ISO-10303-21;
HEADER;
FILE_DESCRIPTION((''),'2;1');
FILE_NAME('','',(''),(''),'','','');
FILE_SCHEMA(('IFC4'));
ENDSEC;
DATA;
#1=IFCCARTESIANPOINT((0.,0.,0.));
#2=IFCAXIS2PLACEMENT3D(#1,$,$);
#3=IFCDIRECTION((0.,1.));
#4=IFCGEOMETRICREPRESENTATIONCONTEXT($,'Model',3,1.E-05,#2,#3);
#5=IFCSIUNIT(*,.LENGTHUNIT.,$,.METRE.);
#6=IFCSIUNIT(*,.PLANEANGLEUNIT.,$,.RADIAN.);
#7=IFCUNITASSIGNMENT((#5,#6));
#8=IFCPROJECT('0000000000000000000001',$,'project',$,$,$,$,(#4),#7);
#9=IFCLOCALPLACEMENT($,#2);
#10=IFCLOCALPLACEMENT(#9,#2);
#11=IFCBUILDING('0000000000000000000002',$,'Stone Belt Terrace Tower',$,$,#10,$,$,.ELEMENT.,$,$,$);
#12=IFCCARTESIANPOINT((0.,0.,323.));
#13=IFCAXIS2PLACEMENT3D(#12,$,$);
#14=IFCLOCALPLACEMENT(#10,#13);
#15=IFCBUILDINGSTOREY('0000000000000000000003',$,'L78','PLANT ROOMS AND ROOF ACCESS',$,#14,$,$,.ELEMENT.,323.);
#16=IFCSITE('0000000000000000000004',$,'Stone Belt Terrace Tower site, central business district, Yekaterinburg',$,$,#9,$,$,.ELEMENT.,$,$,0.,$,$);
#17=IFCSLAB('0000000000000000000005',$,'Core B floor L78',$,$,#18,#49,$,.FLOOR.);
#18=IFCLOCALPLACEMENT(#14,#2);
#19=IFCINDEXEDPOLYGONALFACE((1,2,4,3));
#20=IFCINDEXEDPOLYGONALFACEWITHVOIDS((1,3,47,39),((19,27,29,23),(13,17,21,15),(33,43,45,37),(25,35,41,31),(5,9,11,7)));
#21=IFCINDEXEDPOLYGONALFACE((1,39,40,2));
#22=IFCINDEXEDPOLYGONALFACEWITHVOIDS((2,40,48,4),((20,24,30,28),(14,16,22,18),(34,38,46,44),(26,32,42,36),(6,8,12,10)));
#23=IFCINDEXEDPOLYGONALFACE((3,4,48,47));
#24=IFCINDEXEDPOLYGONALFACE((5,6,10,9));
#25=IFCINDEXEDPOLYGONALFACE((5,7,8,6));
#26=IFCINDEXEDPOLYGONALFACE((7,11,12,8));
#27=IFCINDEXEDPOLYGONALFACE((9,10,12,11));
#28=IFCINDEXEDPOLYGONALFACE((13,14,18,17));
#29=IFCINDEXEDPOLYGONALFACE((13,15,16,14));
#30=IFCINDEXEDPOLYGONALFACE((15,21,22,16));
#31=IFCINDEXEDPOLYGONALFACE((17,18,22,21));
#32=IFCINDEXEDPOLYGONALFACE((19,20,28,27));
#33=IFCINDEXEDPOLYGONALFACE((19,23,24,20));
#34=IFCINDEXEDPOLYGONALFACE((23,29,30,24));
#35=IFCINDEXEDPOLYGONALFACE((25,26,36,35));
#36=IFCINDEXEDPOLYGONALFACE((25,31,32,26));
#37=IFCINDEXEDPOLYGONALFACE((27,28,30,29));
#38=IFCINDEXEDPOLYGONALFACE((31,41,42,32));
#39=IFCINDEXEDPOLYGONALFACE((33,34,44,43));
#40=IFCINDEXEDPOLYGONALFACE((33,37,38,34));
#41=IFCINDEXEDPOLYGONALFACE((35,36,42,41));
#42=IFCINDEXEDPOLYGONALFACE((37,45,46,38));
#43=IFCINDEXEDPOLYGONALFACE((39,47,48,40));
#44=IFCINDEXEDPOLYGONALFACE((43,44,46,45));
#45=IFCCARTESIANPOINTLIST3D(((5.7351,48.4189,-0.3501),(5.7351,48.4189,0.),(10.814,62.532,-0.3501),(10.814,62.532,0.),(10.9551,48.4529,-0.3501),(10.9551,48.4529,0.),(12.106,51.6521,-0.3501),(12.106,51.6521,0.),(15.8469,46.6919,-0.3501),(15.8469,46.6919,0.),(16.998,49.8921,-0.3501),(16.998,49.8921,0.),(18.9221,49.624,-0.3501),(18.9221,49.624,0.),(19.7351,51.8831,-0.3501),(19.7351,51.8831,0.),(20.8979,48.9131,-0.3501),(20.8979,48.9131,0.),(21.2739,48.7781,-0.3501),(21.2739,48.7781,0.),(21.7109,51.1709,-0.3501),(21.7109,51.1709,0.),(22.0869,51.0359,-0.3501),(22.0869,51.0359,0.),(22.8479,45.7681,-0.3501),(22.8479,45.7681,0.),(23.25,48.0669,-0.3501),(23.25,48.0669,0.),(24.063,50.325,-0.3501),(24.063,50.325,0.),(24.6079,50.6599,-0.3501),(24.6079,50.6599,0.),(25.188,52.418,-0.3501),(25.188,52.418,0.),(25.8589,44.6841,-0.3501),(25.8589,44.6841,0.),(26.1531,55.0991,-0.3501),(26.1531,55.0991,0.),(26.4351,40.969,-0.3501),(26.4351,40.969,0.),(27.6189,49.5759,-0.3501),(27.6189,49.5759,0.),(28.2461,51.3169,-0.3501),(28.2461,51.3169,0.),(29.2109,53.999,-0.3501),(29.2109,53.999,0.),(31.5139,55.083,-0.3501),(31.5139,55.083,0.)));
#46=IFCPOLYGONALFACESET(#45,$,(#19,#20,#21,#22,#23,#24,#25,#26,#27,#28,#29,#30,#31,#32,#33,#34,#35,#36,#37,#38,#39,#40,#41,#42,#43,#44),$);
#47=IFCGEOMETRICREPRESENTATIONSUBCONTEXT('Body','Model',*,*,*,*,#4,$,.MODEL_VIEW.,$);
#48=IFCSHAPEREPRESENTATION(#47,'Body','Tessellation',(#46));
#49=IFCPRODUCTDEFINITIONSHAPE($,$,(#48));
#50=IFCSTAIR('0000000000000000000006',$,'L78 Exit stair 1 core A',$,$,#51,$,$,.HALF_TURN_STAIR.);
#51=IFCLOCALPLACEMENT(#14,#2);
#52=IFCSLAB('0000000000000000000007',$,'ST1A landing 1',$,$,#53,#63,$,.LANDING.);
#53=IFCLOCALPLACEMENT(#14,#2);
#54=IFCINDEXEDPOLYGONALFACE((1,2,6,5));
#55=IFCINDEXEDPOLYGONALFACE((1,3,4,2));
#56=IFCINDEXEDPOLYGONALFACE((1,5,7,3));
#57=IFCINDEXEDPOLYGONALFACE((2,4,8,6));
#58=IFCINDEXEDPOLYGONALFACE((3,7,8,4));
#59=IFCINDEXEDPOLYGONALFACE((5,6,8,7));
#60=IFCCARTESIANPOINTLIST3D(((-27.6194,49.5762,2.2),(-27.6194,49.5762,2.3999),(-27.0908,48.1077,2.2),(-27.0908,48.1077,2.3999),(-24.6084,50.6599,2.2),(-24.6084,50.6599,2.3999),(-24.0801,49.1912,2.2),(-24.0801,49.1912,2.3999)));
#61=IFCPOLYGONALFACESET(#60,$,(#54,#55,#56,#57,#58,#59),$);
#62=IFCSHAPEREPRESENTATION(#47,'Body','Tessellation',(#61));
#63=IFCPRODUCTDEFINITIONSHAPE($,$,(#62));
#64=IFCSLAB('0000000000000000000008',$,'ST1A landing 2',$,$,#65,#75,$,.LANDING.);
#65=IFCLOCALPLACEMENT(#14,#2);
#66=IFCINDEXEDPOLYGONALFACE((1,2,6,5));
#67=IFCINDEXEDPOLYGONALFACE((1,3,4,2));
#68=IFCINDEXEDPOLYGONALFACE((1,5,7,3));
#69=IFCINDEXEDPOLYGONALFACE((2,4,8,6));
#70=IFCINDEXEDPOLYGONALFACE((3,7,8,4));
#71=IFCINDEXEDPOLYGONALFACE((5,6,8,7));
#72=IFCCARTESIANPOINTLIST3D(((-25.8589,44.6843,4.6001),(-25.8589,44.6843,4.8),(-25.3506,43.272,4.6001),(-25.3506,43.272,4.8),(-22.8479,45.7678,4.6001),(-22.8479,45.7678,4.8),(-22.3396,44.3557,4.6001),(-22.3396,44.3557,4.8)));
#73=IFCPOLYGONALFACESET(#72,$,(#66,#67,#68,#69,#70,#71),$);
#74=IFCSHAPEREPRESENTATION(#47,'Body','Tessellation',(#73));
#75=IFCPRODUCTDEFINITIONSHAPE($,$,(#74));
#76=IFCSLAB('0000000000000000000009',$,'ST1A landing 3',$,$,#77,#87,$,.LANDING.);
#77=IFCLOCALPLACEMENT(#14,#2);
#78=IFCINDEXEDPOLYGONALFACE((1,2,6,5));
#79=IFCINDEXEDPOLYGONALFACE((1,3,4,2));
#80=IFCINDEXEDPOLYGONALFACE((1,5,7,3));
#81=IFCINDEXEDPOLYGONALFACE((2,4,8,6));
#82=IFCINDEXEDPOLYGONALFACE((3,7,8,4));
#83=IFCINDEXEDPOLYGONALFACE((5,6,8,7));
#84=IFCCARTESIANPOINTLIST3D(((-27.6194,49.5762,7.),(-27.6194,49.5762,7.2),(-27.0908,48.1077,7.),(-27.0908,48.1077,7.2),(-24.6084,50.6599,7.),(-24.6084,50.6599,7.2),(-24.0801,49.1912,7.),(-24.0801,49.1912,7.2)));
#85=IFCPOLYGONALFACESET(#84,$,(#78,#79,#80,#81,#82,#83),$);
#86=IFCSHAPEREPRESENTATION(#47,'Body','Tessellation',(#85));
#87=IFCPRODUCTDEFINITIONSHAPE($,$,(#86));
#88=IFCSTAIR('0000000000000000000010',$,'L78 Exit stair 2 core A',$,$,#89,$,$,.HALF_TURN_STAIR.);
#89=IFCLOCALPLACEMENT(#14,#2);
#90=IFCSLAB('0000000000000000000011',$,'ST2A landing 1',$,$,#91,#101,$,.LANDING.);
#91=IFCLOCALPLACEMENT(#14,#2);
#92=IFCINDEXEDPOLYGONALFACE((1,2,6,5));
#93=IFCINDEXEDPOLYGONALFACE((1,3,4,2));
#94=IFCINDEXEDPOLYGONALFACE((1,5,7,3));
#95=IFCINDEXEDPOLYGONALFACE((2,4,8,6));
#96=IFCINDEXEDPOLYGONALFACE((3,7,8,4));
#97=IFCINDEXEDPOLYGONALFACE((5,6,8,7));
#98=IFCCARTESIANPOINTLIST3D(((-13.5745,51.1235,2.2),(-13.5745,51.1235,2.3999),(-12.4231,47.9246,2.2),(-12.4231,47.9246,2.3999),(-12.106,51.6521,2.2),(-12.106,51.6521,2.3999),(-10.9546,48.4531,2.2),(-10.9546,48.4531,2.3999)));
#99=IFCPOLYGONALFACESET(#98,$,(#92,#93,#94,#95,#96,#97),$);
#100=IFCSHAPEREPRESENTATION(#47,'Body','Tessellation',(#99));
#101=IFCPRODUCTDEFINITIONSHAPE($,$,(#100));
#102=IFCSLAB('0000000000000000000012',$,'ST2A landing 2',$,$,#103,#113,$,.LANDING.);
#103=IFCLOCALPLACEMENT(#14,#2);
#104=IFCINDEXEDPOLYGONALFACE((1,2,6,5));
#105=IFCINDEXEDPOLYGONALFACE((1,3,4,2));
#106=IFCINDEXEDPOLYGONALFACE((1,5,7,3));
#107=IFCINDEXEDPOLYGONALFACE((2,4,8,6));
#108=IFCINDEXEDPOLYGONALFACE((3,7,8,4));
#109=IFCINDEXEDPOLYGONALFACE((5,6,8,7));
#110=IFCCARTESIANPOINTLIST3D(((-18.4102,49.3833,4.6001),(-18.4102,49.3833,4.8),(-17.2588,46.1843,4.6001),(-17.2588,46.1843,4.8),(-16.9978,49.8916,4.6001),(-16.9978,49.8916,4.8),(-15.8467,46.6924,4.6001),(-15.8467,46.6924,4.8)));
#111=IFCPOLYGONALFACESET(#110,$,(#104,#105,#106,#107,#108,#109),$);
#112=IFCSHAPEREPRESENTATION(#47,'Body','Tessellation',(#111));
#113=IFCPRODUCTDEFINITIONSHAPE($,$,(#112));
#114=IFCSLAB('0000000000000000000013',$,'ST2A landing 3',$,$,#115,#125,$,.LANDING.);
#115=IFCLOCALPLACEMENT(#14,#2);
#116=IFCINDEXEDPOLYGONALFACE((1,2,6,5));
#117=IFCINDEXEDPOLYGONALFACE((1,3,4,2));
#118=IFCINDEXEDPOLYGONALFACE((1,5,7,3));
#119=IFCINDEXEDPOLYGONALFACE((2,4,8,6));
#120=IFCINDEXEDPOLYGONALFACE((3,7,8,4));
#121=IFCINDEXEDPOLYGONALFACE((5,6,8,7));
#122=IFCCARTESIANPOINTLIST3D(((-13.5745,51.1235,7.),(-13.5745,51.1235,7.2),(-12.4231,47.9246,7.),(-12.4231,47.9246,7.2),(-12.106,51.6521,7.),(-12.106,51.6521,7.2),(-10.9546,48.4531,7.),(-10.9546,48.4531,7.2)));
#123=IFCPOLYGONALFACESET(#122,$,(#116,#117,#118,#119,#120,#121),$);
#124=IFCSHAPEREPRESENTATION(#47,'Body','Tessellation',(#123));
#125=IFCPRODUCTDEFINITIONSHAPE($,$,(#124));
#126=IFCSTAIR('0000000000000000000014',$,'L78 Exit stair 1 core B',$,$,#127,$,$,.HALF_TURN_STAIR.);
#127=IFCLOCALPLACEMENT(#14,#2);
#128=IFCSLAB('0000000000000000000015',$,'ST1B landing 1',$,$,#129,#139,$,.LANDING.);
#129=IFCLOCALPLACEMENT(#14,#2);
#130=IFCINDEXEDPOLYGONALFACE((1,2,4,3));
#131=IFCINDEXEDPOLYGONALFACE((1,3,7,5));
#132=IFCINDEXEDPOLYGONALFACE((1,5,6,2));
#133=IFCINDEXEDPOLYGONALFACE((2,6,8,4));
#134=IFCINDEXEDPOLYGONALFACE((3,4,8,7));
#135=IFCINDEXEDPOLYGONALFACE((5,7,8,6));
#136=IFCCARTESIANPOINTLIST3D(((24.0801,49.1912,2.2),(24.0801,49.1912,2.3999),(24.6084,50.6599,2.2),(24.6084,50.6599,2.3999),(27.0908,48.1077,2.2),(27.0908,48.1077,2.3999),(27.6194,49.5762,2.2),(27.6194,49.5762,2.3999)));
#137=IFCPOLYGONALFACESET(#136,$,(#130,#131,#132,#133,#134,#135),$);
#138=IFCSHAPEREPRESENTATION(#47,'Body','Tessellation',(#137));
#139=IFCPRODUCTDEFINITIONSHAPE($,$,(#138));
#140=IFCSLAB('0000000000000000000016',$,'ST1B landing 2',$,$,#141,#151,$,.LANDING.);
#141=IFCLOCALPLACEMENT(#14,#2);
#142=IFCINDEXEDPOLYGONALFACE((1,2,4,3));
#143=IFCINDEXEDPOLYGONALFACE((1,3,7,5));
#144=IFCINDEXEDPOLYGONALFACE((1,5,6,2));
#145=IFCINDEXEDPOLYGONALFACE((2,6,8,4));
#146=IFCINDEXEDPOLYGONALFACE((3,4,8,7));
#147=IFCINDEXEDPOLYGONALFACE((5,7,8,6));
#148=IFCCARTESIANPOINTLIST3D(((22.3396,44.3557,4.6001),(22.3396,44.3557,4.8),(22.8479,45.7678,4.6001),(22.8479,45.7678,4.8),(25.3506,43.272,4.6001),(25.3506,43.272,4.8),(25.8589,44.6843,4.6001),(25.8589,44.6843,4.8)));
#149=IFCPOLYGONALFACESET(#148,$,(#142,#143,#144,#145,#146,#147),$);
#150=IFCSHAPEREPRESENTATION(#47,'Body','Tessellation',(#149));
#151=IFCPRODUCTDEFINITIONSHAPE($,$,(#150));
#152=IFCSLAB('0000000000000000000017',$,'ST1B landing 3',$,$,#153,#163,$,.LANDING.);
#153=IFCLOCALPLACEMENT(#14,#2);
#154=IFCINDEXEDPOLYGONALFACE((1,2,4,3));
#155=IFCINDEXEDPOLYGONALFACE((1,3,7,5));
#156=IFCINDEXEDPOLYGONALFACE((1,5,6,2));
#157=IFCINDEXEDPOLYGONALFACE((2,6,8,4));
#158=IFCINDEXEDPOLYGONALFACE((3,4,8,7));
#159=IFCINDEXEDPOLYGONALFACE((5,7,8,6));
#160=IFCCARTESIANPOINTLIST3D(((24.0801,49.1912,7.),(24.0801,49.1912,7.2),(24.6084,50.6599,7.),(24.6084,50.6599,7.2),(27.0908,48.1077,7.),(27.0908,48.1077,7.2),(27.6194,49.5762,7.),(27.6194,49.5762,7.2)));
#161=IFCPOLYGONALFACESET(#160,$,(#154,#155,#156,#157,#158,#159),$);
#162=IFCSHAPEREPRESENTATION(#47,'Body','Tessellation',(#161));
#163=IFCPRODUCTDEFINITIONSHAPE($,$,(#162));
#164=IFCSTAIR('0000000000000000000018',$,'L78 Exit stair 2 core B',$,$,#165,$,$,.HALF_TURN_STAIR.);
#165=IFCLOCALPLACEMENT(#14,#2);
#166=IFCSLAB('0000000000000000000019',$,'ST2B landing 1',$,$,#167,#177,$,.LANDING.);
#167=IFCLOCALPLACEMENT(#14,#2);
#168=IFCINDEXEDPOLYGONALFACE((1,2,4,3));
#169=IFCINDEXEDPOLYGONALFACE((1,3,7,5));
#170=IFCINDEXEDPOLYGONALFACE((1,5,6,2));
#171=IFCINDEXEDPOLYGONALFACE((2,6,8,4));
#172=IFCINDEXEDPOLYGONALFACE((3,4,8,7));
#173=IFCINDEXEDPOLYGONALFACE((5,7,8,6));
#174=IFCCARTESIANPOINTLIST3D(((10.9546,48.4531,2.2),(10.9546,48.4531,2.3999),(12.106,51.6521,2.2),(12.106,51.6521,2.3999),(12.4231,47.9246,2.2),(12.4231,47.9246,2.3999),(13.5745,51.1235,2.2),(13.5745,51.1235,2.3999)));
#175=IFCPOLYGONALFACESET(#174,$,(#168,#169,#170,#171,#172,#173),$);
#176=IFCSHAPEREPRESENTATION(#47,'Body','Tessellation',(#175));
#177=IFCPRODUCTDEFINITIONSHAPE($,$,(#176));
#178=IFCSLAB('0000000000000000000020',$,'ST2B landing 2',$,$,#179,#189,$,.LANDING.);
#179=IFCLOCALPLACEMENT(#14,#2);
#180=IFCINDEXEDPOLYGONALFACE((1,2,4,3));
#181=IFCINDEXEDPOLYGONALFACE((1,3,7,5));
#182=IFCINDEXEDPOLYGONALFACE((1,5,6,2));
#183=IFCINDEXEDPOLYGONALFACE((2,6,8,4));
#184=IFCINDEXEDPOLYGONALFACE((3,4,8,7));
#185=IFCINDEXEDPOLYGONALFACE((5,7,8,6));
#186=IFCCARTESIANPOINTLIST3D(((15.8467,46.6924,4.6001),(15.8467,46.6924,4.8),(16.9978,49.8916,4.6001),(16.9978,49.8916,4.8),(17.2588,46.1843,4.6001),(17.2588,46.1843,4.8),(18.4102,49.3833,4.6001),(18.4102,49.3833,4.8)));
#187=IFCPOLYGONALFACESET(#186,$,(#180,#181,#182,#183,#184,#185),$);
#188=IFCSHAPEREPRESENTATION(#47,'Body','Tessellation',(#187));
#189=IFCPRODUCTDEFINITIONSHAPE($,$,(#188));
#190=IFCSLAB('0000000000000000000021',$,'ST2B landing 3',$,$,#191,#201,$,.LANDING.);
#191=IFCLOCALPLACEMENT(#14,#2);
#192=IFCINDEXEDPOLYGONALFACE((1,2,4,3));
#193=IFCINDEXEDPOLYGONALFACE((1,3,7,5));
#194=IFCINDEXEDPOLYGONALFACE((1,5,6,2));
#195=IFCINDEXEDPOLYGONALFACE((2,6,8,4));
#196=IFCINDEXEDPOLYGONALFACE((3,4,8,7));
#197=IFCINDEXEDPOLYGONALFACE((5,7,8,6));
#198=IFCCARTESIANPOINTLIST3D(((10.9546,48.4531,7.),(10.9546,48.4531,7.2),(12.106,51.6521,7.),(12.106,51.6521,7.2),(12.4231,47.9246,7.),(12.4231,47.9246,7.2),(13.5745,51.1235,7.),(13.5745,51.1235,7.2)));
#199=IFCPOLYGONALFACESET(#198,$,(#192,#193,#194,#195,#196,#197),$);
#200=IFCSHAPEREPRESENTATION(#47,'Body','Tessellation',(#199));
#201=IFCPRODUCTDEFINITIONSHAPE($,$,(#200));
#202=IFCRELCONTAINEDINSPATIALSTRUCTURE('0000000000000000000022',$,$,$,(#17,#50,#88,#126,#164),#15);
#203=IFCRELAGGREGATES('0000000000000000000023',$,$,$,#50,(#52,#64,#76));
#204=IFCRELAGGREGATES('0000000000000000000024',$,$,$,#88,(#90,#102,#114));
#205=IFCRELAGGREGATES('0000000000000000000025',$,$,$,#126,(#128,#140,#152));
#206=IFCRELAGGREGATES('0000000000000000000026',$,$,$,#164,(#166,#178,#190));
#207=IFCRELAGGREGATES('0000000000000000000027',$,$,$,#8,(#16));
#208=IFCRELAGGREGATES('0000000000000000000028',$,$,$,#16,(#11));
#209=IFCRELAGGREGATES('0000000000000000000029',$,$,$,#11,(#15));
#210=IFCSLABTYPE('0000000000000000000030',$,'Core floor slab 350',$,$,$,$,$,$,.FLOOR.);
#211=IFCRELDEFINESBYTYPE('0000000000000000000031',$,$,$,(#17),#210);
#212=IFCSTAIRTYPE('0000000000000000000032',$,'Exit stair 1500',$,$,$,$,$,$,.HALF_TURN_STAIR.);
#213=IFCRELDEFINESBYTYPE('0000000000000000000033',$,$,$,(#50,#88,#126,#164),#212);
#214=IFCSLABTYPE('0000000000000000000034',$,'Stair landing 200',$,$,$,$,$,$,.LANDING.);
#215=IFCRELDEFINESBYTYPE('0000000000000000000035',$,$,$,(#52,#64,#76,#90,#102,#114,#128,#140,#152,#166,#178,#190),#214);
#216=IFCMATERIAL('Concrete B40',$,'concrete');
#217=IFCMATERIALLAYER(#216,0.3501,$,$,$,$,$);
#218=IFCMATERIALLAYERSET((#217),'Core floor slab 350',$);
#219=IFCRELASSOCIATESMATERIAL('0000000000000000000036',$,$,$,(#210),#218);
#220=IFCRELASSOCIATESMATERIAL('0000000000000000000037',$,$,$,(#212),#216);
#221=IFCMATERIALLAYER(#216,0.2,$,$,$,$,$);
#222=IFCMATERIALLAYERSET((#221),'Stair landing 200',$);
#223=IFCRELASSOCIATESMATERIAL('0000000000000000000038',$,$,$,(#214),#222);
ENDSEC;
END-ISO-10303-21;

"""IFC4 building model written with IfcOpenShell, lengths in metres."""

from ifc_helpers import new_model, si_unit, direction, frame, origin, place, context, subcontext, project, spatial, polyline, outline, extrude, material, layer, layer_set, type_object, element, aggregate, save


model = new_model("IFC4")

# Units and contexts
model_context = context("Model", 3, precision=1e-05, world=origin(), true_north=direction((0.0, 1.0)))
body_context = subcontext(model_context, "Body", "Model", "MODEL_VIEW")
ifc_project = project(units=[si_unit("LENGTHUNIT", "METRE"), si_unit("PLANEANGLEUNIT", "RADIAN")], contexts=[model_context])

# Site, building, storey
site_placement = place(None, origin())
site = spatial("IfcSite", under=ifc_project, at=site_placement, Name="Stone Belt Terrace Tower site, central business district, Yekaterinburg", CompositionType="ELEMENT", RefElevation=0.0)
building_placement = place(site_placement, origin())
building = spatial("IfcBuilding", under=site, at=building_placement, Name="Stone Belt Terrace Tower", CompositionType="ELEMENT")
storey_placement = place(building_placement, frame((0.0, 0.0, 323.0)))
storey = spatial("IfcBuildingStorey", under=building, at=storey_placement, Name="L78", Description="PLANT ROOMS AND ROOF ACCESS", CompositionType="ELEMENT", Elevation=323.0)

# Slab
ifc_material_1 = material(Name="Concrete B40", Category="concrete")
ifc_layer_1 = layer(ifc_material_1, 0.3501)
ifc_layer_set_1 = layer_set([ifc_layer_1], Name="Core floor slab 350")
slab_type_1 = type_object("IfcSlabType", Name="Core floor slab 350", PredefinedType="FLOOR", material=ifc_layer_set_1)
slab_1_placement = place(storey_placement, frame((0.0, 0.0, -0.3501)))
element("IfcSlab", 1, at=slab_1_placement, inside=storey, type_object=slab_type_1, Name="Core B floor L78", PredefinedType="FLOOR", context=body_context, shape_type="SweptSolid", body=[
    extrude(outline(polyline([(26.4351, 40.969), (31.5139, 55.083), (10.814, 62.532), (5.7351, 48.4189), (26.4351, 40.969)]), holes=[polyline([(24.6079, 50.6599), (27.6189, 49.5759), (25.8589, 44.6841), (22.8479, 45.7681), (24.6079, 50.6599)]), polyline([(10.9551, 48.4529), (12.106, 51.6521), (16.998, 49.8921), (15.8469, 46.6919), (10.9551, 48.4529)]), polyline([(21.2739, 48.7781), (22.0869, 51.0359), (24.063, 50.325), (23.25, 48.0669), (21.2739, 48.7781)]), polyline([(20.8979, 48.9131), (18.9221, 49.624), (19.7351, 51.8831), (21.7109, 51.1709), (20.8979, 48.9131)]), polyline([(26.1531, 55.0991), (29.2109, 53.999), (28.2461, 51.3169), (25.188, 52.418), (26.1531, 55.0991)])]), origin(), (0.0, 0.0, 1.0), 0.3501),
])

# Stairs, slabs
stair_type = type_object("IfcStairType", Name="Exit stair 1500", PredefinedType="HALF_TURN_STAIR", material=ifc_material_1)
stair_1_placement = place(storey_placement, origin())
stair_1 = element("IfcStair", 2, at=stair_1_placement, inside=storey, type_object=stair_type, Name="L78 Exit stair 1 core A", PredefinedType="HALF_TURN_STAIR")
ifc_layer_2 = layer(ifc_material_1, 0.2)
ifc_layer_set_2 = layer_set([ifc_layer_2], Name="Stair landing 200")
slab_type_2 = type_object("IfcSlabType", Name="Stair landing 200", PredefinedType="LANDING", material=ifc_layer_set_2)
slab_2_placement = place(storey_placement, frame((0.0, 0.0, 2.2)))
slab_2 = element("IfcSlab", 3, at=slab_2_placement, type_object=slab_type_2, Name="ST1A landing 1", PredefinedType="LANDING", context=body_context, shape_type="SweptSolid", body=[
    extrude(outline(polyline([(-24.0801, 49.1912), (-24.6084, 50.6599), (-27.6194, 49.5762), (-27.0908, 48.1077), (-24.0801, 49.1912)])), origin(), (0.0, 0.0, 1.0), 0.2),
])
slab_3_placement = place(storey_placement, frame((0.0, 0.0, 4.6001)))
slab_3 = element("IfcSlab", 4, at=slab_3_placement, type_object=slab_type_2, Name="ST1A landing 2", PredefinedType="LANDING", context=body_context, shape_type="SweptSolid", body=[
    extrude(outline(polyline([(-22.3396, 44.3557), (-22.8479, 45.7678), (-25.8589, 44.6843), (-25.3506, 43.272), (-22.3396, 44.3557)])), origin(), (0.0, 0.0, 1.0), 0.2),
])
slab_4_placement = place(storey_placement, frame((0.0, 0.0, 7.0)))
slab_4 = element("IfcSlab", 5, at=slab_4_placement, type_object=slab_type_2, Name="ST1A landing 3", PredefinedType="LANDING", context=body_context, shape_type="SweptSolid", body=[
    extrude(outline(polyline([(-24.0801, 49.1912), (-24.6084, 50.6599), (-27.6194, 49.5762), (-27.0908, 48.1077), (-24.0801, 49.1912)])), origin(), (0.0, 0.0, 1.0), 0.2),
])
aggregate(stair_1, [slab_2, slab_3, slab_4])
stair_2_placement = place(storey_placement, origin())
stair_2 = element("IfcStair", 6, at=stair_2_placement, inside=storey, type_object=stair_type, Name="L78 Exit stair 2 core A", PredefinedType="HALF_TURN_STAIR")
slab_5_placement = place(storey_placement, frame((0.0, 0.0, 2.2)))
slab_5 = element("IfcSlab", 7, at=slab_5_placement, type_object=slab_type_2, Name="ST2A landing 1", PredefinedType="LANDING", context=body_context, shape_type="SweptSolid", body=[
    extrude(outline(polyline([(-12.4231, 47.9246), (-10.9546, 48.4531), (-12.106, 51.6521), (-13.5745, 51.1235), (-12.4231, 47.9246)])), origin(), (0.0, 0.0, 1.0), 0.2),
])
slab_6_placement = place(storey_placement, frame((0.0, 0.0, 4.6001)))
slab_6 = element("IfcSlab", 8, at=slab_6_placement, type_object=slab_type_2, Name="ST2A landing 2", PredefinedType="LANDING", context=body_context, shape_type="SweptSolid", body=[
    extrude(outline(polyline([(-17.2588, 46.1843), (-15.8467, 46.6924), (-16.9978, 49.8916), (-18.4102, 49.3833), (-17.2588, 46.1843)])), origin(), (0.0, 0.0, 1.0), 0.2),
])
slab_7_placement = place(storey_placement, frame((0.0, 0.0, 7.0)))
slab_7 = element("IfcSlab", 9, at=slab_7_placement, type_object=slab_type_2, Name="ST2A landing 3", PredefinedType="LANDING", context=body_context, shape_type="SweptSolid", body=[
    extrude(outline(polyline([(-12.4231, 47.9246), (-10.9546, 48.4531), (-12.106, 51.6521), (-13.5745, 51.1235), (-12.4231, 47.9246)])), origin(), (0.0, 0.0, 1.0), 0.2),
])
aggregate(stair_2, [slab_5, slab_6, slab_7])
stair_3_placement = place(storey_placement, origin())
stair_3 = element("IfcStair", 10, at=stair_3_placement, inside=storey, type_object=stair_type, Name="L78 Exit stair 1 core B", PredefinedType="HALF_TURN_STAIR")
slab_8_placement = place(storey_placement, frame((0.0, 0.0, 2.2)))
slab_8 = element("IfcSlab", 11, at=slab_8_placement, type_object=slab_type_2, Name="ST1B landing 1", PredefinedType="LANDING", context=body_context, shape_type="SweptSolid", body=[
    extrude(outline(polyline([(27.0908, 48.1077), (27.6194, 49.5762), (24.6084, 50.6599), (24.0801, 49.1912), (27.0908, 48.1077)])), origin(), (0.0, 0.0, 1.0), 0.2),
])
slab_9_placement = place(storey_placement, frame((0.0, 0.0, 4.6001)))
slab_9 = element("IfcSlab", 12, at=slab_9_placement, type_object=slab_type_2, Name="ST1B landing 2", PredefinedType="LANDING", context=body_context, shape_type="SweptSolid", body=[
    extrude(outline(polyline([(25.3506, 43.272), (25.8589, 44.6843), (22.8479, 45.7678), (22.3396, 44.3557), (25.3506, 43.272)])), origin(), (0.0, 0.0, 1.0), 0.2),
])
slab_10_placement = place(storey_placement, frame((0.0, 0.0, 7.0)))
slab_10 = element("IfcSlab", 13, at=slab_10_placement, type_object=slab_type_2, Name="ST1B landing 3", PredefinedType="LANDING", context=body_context, shape_type="SweptSolid", body=[
    extrude(outline(polyline([(27.0908, 48.1077), (27.6194, 49.5762), (24.6084, 50.6599), (24.0801, 49.1912), (27.0908, 48.1077)])), origin(), (0.0, 0.0, 1.0), 0.2),
])
aggregate(stair_3, [slab_8, slab_9, slab_10])
stair_4_placement = place(storey_placement, origin())
stair_4 = element("IfcStair", 14, at=stair_4_placement, inside=storey, type_object=stair_type, Name="L78 Exit stair 2 core B", PredefinedType="HALF_TURN_STAIR")
slab_11_placement = place(storey_placement, frame((0.0, 0.0, 2.2)))
slab_11 = element("IfcSlab", 15, at=slab_11_placement, type_object=slab_type_2, Name="ST2B landing 1", PredefinedType="LANDING", context=body_context, shape_type="SweptSolid", body=[
    extrude(outline(polyline([(13.5745, 51.1235), (12.106, 51.6521), (10.9546, 48.4531), (12.4231, 47.9246), (13.5745, 51.1235)])), origin(), (0.0, 0.0, 1.0), 0.2),
])
slab_12_placement = place(storey_placement, frame((0.0, 0.0, 4.6001)))
slab_12 = element("IfcSlab", 16, at=slab_12_placement, type_object=slab_type_2, Name="ST2B landing 2", PredefinedType="LANDING", context=body_context, shape_type="SweptSolid", body=[
    extrude(outline(polyline([(18.4102, 49.3833), (16.9978, 49.8916), (15.8467, 46.6924), (17.2588, 46.1843), (18.4102, 49.3833)])), origin(), (0.0, 0.0, 1.0), 0.2),
])
slab_13_placement = place(storey_placement, frame((0.0, 0.0, 7.0)))
slab_13 = element("IfcSlab", 17, at=slab_13_placement, type_object=slab_type_2, Name="ST2B landing 3", PredefinedType="LANDING", context=body_context, shape_type="SweptSolid", body=[
    extrude(outline(polyline([(13.5745, 51.1235), (12.106, 51.6521), (10.9546, 48.4531), (12.4231, 47.9246), (13.5745, 51.1235)])), origin(), (0.0, 0.0, 1.0), 0.2),
])
aggregate(stair_4, [slab_11, slab_12, slab_13])

save(model, "model.ifc")
